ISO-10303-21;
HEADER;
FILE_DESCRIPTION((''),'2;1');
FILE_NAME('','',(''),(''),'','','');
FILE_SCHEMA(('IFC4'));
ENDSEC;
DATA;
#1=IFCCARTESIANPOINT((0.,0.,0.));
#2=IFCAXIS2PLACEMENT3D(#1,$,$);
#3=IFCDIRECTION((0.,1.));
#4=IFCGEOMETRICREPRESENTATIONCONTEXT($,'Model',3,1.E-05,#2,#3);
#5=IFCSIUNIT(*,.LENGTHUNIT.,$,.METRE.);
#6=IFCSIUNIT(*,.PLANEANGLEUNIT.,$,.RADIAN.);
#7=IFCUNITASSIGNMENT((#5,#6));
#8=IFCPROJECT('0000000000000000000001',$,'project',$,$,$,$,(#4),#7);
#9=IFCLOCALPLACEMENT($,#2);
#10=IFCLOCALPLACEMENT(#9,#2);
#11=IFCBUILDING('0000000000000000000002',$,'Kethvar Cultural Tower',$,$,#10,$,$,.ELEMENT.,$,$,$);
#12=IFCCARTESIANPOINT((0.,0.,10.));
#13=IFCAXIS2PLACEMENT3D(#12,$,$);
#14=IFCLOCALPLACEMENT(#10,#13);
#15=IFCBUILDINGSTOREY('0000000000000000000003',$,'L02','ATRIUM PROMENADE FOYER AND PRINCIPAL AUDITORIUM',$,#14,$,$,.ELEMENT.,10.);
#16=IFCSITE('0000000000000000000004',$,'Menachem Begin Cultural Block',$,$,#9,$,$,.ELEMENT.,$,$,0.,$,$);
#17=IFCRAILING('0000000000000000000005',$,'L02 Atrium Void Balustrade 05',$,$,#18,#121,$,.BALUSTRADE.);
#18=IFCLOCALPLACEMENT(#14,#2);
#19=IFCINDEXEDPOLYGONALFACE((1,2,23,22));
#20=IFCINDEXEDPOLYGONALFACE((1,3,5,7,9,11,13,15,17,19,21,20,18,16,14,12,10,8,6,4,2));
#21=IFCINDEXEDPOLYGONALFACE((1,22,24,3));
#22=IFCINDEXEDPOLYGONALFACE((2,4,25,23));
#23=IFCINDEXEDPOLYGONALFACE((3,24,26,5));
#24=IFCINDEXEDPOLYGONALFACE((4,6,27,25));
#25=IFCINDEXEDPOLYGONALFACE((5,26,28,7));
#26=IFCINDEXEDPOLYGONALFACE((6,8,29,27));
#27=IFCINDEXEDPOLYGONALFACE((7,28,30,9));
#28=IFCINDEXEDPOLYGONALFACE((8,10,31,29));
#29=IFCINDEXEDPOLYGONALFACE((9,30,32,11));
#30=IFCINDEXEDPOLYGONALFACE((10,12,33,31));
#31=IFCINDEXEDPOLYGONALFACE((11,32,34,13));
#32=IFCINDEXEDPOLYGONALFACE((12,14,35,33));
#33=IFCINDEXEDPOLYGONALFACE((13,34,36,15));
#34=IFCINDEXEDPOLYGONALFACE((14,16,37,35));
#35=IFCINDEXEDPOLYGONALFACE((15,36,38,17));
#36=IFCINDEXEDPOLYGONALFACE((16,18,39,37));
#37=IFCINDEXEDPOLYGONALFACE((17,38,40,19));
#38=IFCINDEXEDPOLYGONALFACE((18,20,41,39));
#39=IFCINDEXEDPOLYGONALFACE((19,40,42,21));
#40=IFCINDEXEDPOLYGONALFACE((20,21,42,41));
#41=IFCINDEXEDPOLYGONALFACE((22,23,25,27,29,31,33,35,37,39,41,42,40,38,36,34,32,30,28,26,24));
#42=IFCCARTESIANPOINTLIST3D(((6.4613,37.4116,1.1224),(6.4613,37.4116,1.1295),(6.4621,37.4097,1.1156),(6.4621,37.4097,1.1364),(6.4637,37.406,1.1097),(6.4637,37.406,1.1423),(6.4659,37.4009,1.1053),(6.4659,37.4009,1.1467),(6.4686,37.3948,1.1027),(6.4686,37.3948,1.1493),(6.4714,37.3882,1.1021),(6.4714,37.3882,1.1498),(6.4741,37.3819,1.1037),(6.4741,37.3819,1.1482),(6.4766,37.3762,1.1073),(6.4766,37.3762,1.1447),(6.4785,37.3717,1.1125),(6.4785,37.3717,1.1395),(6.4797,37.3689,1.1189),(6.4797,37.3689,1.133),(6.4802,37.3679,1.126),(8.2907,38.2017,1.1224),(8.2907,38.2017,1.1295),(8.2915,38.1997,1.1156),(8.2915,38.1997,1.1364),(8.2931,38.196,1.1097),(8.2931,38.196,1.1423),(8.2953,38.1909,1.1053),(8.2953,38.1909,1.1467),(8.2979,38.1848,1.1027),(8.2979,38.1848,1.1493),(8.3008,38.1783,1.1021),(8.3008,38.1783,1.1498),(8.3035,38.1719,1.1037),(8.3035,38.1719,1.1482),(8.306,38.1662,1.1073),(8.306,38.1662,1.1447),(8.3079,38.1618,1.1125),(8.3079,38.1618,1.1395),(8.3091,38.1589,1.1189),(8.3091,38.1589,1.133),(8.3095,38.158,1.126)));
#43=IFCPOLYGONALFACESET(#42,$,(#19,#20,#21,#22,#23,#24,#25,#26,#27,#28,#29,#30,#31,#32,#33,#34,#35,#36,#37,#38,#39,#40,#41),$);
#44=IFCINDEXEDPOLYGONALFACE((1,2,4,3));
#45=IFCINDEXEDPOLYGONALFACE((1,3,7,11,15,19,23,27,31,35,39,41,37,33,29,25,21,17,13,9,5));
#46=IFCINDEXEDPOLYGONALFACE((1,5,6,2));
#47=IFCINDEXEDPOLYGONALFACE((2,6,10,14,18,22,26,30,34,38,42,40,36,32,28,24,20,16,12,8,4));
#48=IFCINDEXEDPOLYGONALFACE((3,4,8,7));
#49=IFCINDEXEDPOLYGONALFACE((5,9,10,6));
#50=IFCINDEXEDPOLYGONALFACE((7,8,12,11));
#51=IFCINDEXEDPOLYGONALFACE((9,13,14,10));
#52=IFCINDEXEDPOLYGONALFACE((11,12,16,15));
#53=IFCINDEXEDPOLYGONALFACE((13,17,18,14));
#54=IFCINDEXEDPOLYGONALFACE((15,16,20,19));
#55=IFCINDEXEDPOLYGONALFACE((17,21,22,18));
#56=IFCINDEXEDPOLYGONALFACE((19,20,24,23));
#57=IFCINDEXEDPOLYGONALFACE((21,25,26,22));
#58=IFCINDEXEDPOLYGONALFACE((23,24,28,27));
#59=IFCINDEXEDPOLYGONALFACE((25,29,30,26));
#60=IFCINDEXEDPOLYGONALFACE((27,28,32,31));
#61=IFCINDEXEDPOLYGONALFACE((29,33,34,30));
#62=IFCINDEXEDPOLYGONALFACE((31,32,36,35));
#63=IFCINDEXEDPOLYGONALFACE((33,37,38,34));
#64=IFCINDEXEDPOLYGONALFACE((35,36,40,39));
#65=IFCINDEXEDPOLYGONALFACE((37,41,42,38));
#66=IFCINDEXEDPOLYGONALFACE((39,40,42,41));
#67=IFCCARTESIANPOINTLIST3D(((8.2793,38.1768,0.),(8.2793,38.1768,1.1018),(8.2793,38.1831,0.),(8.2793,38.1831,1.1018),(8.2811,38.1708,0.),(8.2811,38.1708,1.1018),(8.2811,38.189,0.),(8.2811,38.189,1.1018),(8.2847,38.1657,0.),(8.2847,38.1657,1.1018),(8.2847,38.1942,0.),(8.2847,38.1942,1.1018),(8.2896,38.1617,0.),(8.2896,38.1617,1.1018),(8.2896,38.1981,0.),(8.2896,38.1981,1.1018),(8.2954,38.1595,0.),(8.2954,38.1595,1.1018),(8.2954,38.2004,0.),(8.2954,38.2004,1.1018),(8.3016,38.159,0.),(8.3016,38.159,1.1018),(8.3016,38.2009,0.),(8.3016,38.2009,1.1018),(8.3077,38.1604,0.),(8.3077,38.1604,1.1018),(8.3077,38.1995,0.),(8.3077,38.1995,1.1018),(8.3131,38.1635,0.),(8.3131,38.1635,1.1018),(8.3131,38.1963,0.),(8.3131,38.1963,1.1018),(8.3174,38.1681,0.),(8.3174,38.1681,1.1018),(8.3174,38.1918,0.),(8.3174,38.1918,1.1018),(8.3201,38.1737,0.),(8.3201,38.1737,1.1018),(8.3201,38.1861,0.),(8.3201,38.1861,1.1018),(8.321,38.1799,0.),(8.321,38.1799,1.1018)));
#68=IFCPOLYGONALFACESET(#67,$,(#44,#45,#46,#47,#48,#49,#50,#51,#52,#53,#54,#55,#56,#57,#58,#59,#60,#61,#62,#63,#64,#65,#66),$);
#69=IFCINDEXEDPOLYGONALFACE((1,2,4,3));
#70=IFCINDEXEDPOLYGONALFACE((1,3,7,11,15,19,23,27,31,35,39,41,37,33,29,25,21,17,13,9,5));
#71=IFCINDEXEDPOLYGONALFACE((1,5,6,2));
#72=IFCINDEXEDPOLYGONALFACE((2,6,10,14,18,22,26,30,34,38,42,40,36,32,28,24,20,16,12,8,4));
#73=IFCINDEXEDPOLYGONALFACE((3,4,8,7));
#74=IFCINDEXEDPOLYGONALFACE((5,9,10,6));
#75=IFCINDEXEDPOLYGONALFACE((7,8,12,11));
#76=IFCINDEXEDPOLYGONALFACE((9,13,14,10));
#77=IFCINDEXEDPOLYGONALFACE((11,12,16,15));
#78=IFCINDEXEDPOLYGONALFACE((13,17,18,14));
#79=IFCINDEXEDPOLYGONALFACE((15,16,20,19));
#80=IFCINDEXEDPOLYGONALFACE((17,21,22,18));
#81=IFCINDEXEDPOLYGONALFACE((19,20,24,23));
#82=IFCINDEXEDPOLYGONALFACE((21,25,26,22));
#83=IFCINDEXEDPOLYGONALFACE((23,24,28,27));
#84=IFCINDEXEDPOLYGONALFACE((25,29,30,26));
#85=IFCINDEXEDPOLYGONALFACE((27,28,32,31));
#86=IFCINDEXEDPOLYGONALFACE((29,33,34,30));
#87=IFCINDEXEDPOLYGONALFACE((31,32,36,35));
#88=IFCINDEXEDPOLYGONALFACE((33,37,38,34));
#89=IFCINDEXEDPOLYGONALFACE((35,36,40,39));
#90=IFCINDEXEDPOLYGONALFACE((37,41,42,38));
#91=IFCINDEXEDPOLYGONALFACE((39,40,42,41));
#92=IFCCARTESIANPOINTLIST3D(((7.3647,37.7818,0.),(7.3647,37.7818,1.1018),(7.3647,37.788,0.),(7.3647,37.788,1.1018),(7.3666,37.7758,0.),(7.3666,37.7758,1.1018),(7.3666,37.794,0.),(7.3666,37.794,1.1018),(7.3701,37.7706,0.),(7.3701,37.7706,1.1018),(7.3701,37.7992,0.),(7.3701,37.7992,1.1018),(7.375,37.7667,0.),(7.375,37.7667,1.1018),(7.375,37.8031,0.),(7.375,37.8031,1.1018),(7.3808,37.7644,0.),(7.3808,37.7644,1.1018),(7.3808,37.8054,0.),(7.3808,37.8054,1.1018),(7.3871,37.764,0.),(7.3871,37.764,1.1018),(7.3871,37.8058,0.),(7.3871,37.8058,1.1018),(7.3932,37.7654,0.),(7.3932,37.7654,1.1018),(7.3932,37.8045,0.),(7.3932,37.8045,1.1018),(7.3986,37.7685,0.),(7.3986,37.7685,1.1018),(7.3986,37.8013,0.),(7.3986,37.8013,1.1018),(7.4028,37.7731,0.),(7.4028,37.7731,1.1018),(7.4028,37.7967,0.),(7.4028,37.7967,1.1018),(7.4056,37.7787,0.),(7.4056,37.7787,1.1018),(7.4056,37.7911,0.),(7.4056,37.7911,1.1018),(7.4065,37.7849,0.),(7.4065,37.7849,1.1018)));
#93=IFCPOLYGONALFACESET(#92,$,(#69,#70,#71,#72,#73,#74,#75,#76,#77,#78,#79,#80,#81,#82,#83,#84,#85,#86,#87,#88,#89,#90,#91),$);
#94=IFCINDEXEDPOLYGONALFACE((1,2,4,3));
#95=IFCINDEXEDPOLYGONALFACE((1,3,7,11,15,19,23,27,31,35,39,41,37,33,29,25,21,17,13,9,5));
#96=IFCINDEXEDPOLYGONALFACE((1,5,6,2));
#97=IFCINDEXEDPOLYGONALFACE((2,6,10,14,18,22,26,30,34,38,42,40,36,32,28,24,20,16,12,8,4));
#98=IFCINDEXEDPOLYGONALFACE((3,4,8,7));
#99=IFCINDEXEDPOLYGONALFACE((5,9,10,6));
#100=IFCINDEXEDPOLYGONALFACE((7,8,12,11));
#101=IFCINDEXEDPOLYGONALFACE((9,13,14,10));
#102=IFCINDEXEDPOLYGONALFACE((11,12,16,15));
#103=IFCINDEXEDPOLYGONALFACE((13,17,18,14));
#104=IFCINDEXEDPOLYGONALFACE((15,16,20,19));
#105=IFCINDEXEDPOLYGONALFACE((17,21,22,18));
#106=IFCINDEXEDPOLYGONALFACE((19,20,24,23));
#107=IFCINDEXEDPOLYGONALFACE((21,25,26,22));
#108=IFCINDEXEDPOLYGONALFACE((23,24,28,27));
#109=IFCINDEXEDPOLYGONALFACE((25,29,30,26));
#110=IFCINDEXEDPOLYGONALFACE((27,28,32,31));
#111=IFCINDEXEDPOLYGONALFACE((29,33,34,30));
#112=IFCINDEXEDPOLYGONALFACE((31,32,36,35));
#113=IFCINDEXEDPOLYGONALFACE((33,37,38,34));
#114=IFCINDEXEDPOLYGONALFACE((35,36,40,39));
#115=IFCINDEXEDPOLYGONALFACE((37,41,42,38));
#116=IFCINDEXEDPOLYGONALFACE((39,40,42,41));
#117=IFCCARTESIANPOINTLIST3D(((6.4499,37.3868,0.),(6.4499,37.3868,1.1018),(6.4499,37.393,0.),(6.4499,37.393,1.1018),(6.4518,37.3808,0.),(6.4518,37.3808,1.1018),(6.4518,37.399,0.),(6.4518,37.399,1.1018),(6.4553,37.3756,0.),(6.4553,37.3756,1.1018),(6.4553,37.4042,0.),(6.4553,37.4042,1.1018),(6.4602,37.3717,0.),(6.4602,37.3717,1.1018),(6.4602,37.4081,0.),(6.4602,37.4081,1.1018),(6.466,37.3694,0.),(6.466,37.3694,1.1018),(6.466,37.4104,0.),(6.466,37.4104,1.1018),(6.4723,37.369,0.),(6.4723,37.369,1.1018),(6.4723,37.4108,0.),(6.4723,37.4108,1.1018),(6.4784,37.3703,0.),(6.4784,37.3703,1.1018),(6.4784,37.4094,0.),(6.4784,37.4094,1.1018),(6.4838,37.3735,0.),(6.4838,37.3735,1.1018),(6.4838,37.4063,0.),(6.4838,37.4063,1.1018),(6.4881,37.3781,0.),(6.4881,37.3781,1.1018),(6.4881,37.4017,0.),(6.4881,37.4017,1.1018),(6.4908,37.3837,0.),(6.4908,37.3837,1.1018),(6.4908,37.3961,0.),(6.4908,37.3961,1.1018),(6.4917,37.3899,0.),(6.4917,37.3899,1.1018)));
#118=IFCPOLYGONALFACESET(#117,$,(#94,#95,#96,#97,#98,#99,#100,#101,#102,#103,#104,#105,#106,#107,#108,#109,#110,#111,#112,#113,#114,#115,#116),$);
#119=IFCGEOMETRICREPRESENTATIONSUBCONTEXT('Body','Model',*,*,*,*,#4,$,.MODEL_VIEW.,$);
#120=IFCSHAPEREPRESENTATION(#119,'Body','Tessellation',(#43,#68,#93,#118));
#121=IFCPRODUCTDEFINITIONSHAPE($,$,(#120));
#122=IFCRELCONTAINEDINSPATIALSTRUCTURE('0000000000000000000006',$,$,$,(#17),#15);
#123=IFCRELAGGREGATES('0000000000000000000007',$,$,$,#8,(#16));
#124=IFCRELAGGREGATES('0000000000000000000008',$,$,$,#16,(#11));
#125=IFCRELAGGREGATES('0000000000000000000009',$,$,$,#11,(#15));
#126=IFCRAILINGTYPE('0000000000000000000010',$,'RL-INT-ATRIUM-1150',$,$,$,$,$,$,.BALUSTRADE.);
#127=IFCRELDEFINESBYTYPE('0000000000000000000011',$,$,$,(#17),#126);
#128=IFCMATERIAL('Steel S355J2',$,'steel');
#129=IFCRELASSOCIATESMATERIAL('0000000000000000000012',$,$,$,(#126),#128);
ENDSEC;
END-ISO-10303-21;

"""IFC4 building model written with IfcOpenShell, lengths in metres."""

from ifc_helpers import new_model, si_unit, direction, frame, origin, origin_2d, place, context, subcontext, project, spatial, circle, extrude, material, type_object, element, save


model = new_model("IFC4")

# Units and contexts
model_context = context("Model", 3, precision=1e-05, world=origin(), true_north=direction((0.0, 1.0)))
body_context = subcontext(model_context, "Body", "Model", "MODEL_VIEW")
ifc_project = project(units=[si_unit("LENGTHUNIT", "METRE"), si_unit("PLANEANGLEUNIT", "RADIAN")], contexts=[model_context])

# Site, building, storey
site_placement = place(None, origin())
site = spatial("IfcSite", under=ifc_project, at=site_placement, Name="Menachem Begin Cultural Block", CompositionType="ELEMENT", RefElevation=0.0)
building_placement = place(site_placement, origin())
building = spatial("IfcBuilding", under=site, at=building_placement, Name="Kethvar Cultural Tower", CompositionType="ELEMENT")
storey_placement = place(building_placement, frame((0.0, 0.0, 10.0)))
storey = spatial("IfcBuildingStorey", under=building, at=storey_placement, Name="L02", Description="ATRIUM PROMENADE FOYER AND PRINCIPAL AUDITORIUM", CompositionType="ELEMENT", Elevation=10.0)

# Shared definitions
ifc_material_1 = material(Name="Steel S355J2", Category="steel")

# Railing
railing_type = type_object("IfcRailingType", Name="RL-INT-ATRIUM-1150", PredefinedType="BALUSTRADE", material=ifc_material_1)
railing_1_placement = place(storey_placement, frame((8.3, 38.1799, 0.0)))
element("IfcRailing", 1, at=railing_1_placement, inside=storey, type_object=railing_type, Name="L02 Atrium Void Balustrade 05", PredefinedType="BALUSTRADE", context=body_context, shape_type="SweptSolid", body=[
    extrude(circle(Radius=0.0239, at=origin_2d()), frame((0.0, 0.0, 1.126), z_axis=(-0.918045, -0.396476, 0.0), x_axis=(0.396476, -0.918045, 0.0)), (0.0, 0.0, 1.0), 1.9927),
    extrude(circle(Radius=0.021, at=origin_2d()), origin(), (0.0, 0.0, 1.0), 1.1018),
    extrude(circle(Radius=0.021, at=origin_2d()), frame((-0.9146, -0.395, 0.0)), (0.0, 0.0, 1.0), 1.1018),
    extrude(circle(Radius=0.021, at=origin_2d()), frame((-1.8293, -0.79, 0.0)), (0.0, 0.0, 1.0), 1.1018),
])

save(model, "model.ifc")
